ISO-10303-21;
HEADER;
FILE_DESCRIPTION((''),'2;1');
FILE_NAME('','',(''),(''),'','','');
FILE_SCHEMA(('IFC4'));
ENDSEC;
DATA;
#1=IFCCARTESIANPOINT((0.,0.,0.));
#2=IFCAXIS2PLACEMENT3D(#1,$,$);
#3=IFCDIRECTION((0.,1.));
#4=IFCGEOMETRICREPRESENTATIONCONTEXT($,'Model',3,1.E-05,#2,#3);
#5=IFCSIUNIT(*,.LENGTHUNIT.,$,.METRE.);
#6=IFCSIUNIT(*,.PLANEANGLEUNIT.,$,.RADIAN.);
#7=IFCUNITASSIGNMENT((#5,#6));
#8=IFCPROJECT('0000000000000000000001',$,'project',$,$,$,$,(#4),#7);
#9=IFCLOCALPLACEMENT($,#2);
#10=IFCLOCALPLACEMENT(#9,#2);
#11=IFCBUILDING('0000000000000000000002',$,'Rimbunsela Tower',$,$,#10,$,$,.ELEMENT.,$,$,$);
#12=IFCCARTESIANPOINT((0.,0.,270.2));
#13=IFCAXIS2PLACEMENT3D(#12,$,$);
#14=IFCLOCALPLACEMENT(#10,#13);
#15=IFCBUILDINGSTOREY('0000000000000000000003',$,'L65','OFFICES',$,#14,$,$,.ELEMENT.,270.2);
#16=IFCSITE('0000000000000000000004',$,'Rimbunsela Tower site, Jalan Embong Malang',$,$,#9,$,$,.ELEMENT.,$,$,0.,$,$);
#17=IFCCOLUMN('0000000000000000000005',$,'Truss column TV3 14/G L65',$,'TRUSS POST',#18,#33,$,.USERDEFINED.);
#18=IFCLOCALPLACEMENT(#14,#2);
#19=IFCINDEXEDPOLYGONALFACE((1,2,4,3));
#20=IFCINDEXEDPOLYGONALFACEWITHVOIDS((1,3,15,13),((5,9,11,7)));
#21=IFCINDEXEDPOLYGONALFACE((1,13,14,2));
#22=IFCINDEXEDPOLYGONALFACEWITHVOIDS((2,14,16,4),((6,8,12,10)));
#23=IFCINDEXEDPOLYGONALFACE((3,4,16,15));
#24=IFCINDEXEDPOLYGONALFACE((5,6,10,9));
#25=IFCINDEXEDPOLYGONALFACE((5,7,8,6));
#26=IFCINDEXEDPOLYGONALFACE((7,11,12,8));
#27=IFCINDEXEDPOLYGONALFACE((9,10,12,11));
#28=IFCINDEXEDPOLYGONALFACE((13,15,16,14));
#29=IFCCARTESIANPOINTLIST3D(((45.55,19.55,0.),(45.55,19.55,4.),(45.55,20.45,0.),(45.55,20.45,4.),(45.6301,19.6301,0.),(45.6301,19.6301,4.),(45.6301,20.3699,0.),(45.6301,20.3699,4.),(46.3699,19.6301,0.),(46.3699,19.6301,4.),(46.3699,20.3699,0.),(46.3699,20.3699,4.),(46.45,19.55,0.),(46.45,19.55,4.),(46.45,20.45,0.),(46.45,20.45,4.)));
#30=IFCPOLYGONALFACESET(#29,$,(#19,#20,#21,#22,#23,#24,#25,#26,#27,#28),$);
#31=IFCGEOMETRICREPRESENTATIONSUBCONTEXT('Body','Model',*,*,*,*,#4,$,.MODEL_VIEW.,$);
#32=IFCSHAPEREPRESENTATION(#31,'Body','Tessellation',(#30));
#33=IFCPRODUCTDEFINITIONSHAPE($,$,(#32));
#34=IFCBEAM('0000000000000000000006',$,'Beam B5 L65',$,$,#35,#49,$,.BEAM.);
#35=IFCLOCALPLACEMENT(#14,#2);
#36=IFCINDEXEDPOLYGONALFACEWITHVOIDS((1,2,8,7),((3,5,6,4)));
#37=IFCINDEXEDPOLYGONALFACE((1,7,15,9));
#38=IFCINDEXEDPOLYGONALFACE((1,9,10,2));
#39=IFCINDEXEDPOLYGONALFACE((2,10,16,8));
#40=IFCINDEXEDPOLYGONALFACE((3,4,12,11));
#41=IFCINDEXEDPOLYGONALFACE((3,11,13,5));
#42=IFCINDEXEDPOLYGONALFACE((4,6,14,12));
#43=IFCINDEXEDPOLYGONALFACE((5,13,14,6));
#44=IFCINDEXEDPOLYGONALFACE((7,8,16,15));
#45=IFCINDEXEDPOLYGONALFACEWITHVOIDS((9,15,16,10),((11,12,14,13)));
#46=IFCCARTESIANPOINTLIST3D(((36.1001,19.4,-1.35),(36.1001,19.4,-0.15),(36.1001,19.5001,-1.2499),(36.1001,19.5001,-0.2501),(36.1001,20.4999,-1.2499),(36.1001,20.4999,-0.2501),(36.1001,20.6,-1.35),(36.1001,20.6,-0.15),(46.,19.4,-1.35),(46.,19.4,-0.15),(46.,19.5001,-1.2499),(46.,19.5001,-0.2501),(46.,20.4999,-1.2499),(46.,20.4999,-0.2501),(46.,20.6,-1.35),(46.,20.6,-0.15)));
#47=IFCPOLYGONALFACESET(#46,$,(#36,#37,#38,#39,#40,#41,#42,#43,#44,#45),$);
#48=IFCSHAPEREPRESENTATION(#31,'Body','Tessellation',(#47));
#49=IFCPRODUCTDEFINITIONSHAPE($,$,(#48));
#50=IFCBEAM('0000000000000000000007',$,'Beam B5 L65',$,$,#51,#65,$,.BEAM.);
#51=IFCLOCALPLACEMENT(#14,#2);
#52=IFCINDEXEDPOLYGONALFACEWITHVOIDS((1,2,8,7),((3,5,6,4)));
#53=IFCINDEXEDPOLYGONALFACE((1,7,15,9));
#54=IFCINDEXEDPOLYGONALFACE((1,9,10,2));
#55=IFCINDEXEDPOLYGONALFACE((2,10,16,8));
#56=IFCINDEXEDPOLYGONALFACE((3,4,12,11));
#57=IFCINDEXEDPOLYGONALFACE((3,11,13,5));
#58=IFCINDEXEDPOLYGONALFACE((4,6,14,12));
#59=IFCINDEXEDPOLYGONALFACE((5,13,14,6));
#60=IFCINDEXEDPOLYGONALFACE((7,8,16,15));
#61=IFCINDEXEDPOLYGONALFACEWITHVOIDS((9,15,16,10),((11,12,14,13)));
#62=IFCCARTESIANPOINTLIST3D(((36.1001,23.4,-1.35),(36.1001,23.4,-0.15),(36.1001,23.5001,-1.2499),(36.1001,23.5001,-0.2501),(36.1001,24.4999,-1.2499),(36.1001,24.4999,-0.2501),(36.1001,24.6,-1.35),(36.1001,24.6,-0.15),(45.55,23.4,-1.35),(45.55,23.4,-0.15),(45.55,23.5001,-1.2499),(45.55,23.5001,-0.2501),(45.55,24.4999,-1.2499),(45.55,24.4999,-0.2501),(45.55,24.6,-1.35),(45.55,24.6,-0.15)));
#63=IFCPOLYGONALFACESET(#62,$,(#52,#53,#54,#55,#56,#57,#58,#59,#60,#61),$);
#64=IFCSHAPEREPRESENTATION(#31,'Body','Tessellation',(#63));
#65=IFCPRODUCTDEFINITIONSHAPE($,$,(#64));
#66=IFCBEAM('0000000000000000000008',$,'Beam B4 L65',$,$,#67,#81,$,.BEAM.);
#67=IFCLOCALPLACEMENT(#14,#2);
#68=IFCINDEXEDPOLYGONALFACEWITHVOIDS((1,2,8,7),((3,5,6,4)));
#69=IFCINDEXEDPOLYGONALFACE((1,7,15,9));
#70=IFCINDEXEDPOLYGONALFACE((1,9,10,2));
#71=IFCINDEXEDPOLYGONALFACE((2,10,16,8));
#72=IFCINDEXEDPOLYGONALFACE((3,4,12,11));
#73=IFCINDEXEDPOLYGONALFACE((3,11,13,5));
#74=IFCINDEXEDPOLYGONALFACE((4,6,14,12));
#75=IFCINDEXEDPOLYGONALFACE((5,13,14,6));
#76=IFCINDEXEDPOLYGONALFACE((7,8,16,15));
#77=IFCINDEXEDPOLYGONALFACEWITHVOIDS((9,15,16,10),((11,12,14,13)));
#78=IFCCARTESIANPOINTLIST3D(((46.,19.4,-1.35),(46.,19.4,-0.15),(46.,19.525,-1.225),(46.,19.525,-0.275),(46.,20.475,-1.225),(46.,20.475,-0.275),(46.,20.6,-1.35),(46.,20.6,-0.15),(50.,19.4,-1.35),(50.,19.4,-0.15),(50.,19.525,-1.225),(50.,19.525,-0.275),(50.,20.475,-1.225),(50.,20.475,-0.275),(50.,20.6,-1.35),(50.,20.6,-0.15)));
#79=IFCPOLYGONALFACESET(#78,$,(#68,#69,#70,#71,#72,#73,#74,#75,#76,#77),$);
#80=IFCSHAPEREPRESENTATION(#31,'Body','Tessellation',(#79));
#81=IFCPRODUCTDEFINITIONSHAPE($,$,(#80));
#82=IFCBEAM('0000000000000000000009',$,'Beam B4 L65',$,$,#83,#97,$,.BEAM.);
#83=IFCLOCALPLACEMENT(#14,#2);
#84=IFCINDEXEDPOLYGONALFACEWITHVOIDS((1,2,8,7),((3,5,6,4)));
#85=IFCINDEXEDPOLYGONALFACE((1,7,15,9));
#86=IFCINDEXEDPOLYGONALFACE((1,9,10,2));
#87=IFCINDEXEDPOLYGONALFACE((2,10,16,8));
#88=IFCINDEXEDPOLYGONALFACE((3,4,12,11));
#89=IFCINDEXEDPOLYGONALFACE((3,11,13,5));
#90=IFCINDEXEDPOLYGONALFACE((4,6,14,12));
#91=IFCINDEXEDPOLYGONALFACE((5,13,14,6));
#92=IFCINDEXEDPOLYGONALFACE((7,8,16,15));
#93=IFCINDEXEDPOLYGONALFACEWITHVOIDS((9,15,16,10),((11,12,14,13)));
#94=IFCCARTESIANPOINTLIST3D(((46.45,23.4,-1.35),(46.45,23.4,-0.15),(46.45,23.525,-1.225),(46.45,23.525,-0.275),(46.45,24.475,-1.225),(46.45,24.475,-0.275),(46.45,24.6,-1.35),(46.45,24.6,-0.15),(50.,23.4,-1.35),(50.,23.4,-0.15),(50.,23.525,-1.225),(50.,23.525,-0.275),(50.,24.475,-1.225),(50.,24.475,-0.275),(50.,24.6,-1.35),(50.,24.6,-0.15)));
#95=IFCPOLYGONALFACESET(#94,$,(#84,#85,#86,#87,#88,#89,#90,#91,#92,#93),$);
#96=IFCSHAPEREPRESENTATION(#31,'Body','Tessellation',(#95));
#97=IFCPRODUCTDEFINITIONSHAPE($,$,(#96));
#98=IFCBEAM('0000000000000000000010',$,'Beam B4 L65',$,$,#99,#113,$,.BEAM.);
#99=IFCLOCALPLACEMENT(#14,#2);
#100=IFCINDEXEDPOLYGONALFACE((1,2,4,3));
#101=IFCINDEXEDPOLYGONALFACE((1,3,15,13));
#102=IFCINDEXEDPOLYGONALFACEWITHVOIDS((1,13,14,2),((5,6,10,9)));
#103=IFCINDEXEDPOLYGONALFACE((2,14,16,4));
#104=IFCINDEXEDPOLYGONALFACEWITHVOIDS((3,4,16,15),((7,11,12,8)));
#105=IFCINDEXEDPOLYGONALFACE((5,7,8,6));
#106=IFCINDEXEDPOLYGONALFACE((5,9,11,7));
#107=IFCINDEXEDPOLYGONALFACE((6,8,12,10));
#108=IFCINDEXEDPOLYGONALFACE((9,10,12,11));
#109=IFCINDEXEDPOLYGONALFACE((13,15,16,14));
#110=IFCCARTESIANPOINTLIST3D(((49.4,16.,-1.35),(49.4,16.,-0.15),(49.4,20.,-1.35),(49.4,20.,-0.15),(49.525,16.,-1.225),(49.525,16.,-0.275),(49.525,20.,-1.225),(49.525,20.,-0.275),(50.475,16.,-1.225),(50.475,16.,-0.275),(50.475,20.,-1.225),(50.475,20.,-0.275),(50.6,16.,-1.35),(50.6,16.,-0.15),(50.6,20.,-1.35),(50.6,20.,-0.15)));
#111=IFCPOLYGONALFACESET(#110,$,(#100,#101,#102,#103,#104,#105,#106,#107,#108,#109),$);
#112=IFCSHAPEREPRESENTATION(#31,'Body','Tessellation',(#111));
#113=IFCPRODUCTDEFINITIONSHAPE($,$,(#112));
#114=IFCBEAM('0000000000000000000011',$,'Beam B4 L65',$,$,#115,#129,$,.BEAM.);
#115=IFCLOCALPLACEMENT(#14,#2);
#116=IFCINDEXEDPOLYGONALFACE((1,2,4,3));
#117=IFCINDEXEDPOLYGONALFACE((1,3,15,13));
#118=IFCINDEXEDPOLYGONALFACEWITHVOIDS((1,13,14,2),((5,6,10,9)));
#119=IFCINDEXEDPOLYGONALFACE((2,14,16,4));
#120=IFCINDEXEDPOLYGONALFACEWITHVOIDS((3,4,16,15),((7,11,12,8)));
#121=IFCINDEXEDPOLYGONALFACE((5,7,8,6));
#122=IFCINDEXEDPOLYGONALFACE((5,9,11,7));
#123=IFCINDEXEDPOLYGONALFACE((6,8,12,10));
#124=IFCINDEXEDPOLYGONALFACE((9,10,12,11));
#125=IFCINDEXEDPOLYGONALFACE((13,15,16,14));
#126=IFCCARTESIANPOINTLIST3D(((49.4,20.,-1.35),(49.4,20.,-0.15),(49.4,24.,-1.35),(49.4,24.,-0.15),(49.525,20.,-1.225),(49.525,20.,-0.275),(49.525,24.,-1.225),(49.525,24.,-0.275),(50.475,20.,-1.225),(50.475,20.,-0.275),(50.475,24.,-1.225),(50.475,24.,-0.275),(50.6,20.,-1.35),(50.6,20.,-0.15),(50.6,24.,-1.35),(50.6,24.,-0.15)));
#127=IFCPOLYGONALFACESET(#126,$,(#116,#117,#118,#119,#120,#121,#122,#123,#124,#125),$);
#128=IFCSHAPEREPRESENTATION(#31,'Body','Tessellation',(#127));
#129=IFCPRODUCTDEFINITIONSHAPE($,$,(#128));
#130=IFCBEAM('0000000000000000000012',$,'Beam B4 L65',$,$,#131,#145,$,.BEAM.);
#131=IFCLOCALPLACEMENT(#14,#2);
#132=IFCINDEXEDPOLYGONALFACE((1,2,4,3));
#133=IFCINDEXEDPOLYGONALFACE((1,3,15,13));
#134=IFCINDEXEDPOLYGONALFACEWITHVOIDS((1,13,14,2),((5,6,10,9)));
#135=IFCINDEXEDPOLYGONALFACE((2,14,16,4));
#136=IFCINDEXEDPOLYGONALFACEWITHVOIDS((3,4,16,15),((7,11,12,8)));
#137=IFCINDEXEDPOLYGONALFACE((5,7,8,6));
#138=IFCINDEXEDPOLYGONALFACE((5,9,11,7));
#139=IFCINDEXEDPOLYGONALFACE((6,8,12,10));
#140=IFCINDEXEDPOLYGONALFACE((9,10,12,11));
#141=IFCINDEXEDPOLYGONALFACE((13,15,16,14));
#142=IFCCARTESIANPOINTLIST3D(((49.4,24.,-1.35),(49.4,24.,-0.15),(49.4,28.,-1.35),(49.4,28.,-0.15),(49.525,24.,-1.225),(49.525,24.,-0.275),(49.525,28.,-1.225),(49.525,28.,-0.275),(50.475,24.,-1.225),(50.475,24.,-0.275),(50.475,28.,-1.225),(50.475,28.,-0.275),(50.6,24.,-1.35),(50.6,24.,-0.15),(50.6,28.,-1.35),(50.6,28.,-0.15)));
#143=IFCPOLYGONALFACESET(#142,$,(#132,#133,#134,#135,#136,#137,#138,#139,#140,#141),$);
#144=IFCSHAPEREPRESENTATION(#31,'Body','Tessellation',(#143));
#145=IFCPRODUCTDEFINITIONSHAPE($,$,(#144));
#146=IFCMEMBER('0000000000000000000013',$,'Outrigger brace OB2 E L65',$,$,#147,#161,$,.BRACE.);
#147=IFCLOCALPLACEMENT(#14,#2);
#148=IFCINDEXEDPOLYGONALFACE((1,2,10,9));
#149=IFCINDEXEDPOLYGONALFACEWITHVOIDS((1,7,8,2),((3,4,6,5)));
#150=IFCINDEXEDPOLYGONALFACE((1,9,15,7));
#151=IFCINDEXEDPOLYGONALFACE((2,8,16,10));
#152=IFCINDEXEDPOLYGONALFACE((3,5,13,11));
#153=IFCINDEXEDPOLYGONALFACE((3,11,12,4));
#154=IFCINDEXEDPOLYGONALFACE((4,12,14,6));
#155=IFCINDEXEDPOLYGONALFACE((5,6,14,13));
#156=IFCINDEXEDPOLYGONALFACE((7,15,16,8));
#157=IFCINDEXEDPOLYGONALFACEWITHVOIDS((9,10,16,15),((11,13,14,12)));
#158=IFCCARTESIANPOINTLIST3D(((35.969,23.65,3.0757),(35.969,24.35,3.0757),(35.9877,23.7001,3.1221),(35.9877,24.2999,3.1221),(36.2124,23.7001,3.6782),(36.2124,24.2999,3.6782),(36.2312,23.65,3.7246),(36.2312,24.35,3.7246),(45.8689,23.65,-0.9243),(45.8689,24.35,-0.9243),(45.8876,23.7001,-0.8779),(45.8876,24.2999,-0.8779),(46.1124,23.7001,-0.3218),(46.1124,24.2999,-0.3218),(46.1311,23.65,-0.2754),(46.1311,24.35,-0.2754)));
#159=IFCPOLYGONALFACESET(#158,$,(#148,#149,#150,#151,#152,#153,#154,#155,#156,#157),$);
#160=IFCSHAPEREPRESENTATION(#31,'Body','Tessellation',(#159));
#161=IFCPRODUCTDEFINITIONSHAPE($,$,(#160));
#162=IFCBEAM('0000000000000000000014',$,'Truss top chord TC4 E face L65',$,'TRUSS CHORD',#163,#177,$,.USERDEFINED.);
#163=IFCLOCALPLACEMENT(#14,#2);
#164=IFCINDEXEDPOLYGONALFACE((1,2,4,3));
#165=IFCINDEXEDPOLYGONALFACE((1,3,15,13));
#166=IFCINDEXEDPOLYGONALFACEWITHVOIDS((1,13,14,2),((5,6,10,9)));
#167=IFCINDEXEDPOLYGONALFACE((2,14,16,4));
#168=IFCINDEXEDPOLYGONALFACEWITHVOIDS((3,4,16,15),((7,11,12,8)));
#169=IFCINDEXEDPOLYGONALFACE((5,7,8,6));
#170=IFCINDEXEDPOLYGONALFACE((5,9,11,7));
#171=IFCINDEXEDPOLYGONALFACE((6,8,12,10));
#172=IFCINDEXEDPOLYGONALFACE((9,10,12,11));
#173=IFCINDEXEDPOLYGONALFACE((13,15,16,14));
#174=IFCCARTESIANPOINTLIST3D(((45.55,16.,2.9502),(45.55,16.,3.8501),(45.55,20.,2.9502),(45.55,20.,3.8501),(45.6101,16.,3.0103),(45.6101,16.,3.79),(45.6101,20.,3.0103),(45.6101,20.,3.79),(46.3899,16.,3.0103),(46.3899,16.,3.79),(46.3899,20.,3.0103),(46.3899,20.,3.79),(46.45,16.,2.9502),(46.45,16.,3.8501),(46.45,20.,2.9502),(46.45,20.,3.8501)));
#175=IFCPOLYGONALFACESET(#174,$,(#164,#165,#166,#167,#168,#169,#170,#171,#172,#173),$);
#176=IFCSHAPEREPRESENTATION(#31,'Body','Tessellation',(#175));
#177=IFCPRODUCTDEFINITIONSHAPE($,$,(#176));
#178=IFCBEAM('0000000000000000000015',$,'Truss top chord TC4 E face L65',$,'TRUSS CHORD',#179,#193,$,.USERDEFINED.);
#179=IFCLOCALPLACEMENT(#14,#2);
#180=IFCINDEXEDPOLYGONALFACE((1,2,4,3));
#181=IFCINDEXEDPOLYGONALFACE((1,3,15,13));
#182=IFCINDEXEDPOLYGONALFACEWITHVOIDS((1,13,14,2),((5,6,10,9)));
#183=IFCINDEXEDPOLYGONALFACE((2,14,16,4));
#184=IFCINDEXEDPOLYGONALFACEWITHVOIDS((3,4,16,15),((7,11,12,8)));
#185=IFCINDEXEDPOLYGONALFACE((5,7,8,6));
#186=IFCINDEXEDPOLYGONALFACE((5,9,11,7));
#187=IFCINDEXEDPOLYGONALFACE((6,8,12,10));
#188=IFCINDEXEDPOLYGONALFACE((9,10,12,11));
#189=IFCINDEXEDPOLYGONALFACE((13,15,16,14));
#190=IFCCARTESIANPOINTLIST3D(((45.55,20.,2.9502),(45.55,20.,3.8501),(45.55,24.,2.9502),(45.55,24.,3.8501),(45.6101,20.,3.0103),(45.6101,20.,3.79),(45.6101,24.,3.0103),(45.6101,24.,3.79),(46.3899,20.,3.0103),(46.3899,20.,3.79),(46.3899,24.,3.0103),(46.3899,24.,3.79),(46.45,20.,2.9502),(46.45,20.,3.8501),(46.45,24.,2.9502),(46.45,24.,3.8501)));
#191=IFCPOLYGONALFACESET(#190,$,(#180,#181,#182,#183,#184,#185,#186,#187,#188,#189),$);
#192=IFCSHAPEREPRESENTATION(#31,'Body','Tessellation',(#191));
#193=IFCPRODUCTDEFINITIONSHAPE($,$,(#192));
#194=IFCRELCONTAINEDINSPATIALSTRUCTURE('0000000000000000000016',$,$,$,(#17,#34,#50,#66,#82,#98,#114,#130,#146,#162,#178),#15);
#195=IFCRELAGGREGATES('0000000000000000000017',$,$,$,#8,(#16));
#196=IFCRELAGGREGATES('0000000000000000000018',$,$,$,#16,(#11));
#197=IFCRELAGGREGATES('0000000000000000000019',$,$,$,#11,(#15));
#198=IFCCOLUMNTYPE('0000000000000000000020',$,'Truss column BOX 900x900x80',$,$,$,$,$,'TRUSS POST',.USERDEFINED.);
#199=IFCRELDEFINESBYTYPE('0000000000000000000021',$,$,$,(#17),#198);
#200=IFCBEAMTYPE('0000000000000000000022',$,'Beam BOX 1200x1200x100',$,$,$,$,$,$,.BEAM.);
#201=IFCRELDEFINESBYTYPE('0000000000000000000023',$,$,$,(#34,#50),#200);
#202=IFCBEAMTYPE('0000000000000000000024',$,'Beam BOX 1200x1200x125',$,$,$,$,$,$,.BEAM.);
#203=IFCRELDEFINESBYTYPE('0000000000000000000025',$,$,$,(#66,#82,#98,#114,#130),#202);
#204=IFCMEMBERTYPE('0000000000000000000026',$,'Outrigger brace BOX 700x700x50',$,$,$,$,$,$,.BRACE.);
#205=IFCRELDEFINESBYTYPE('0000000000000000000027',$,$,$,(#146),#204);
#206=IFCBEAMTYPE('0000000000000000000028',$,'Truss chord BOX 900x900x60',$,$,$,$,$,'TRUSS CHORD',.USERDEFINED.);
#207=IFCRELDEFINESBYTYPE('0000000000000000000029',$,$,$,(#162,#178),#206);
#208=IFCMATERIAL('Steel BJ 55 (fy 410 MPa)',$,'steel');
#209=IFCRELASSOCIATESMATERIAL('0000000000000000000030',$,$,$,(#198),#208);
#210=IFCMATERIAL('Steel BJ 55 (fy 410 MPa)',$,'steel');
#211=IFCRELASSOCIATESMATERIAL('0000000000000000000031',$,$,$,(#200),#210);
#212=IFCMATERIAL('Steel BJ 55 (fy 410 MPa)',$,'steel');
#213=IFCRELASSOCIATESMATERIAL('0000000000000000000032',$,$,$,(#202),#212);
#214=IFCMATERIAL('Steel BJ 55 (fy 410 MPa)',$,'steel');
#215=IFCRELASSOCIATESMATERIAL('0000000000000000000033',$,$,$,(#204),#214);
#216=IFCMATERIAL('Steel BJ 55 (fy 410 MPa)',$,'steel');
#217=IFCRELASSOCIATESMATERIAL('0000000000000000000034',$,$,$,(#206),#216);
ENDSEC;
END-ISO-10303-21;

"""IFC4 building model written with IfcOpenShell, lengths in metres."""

from ifc_helpers import new_model, si_unit, direction, frame, origin, origin_2d, place, context, subcontext, project, spatial, hollow_rectangle, extrude, material, material_profile, profile_set, type_object, element, save


model = new_model("IFC4")

# Units and contexts
model_context = context("Model", 3, precision=1e-05, world=origin(), true_north=direction((0.0, 1.0)))
body_context = subcontext(model_context, "Body", "Model", "MODEL_VIEW")
ifc_project = project(units=[si_unit("LENGTHUNIT", "METRE"), si_unit("PLANEANGLEUNIT", "RADIAN")], contexts=[model_context])

# Site, building, storey
site_placement = place(None, origin())
site = spatial("IfcSite", under=ifc_project, at=site_placement, Name="Rimbunsela Tower site, Jalan Embong Malang", CompositionType="ELEMENT", RefElevation=0.0)
building_placement = place(site_placement, origin())
building = spatial("IfcBuilding", under=site, at=building_placement, Name="Rimbunsela Tower", CompositionType="ELEMENT")
storey_placement = place(building_placement, frame((0.0, 0.0, 270.2)))
storey = spatial("IfcBuildingStorey", under=building, at=storey_placement, Name="L65", Description="OFFICES", CompositionType="ELEMENT", Elevation=270.2)

# Column
ifc_material_1 = material(Name="Steel BJ 55 (fy 410 MPa)", Category="steel")
ifc_material_profile_1 = material_profile(ifc_material_1, hollow_rectangle(XDim=0.8999, YDim=0.8999, WallThickness=0.0801, at=origin_2d()), Name="BOX 900x900x80")
ifc_profile_set_1 = profile_set([ifc_material_profile_1], Name="Steel BJ 55 (fy 410 MPa)")
column_type = type_object("IfcColumnType", Name="Truss column BOX 900x900x80", ElementType="TRUSS POST", PredefinedType="USERDEFINED", material=ifc_profile_set_1)
column_placement = place(storey_placement, frame((46.0, 20.0, 0.0), z_axis=(0.0, 0.0, 1.0), x_axis=(1.0, 0.0, 0.0)))
element("IfcColumn", 1, at=column_placement, inside=storey, type_object=column_type, Name="Truss column TV3 14/G L65", ObjectType="TRUSS POST", PredefinedType="USERDEFINED", context=body_context, shape_type="SweptSolid", body=[
    extrude(hollow_rectangle(XDim=0.8999, YDim=0.8999, WallThickness=0.0801, at=origin_2d()), origin(), (0.0, 0.0, 1.0), 4.0),
])

# Beams
ifc_material_2 = material(Name="Steel BJ 55 (fy 410 MPa)", Category="steel")
ifc_material_profile_2 = material_profile(ifc_material_2, hollow_rectangle(XDim=1.2, YDim=1.2, WallThickness=0.1001, at=origin_2d()), Name="BOX 1200x1200x100")
ifc_profile_set_2 = profile_set([ifc_material_profile_2], Name="Steel BJ 55 (fy 410 MPa)")
beam_type_1 = type_object("IfcBeamType", Name="Beam BOX 1200x1200x100", PredefinedType="BEAM", material=ifc_profile_set_2)
beam_1_placement = place(storey_placement, frame((36.1001, 20.0, -0.75), z_axis=(1.0, 0.0, 0.0), x_axis=(0.0, 1.0, 0.0)))
element("IfcBeam", 2, at=beam_1_placement, inside=storey, type_object=beam_type_1, Name="Beam B5 L65", PredefinedType="BEAM", context=body_context, shape_type="SweptSolid", body=[
    extrude(hollow_rectangle(XDim=1.2, YDim=1.2, WallThickness=0.1001, at=origin_2d()), origin(), (0.0, 0.0, 1.0), 9.8999),
])
beam_2_placement = place(storey_placement, frame((36.1001, 24.0, -0.75), z_axis=(1.0, 0.0, 0.0), x_axis=(0.0, 1.0, 0.0)))
element("IfcBeam", 3, at=beam_2_placement, inside=storey, type_object=beam_type_1, Name="Beam B5 L65", PredefinedType="BEAM", context=body_context, shape_type="SweptSolid", body=[
    extrude(hollow_rectangle(XDim=1.2, YDim=1.2, WallThickness=0.1001, at=origin_2d()), origin(), (0.0, 0.0, 1.0), 9.45),
])
ifc_material_3 = material(Name="Steel BJ 55 (fy 410 MPa)", Category="steel")
ifc_material_profile_3 = material_profile(ifc_material_3, hollow_rectangle(XDim=1.2, YDim=1.2, WallThickness=0.125, at=origin_2d()), Name="BOX 1200x1200x125")
ifc_profile_set_3 = profile_set([ifc_material_profile_3], Name="Steel BJ 55 (fy 410 MPa)")
beam_type_2 = type_object("IfcBeamType", Name="Beam BOX 1200x1200x125", PredefinedType="BEAM", material=ifc_profile_set_3)
beam_3_placement = place(storey_placement, frame((46.0, 20.0, -0.75), z_axis=(1.0, 0.0, 0.0), x_axis=(0.0, 1.0, 0.0)))
element("IfcBeam", 4, at=beam_3_placement, inside=storey, type_object=beam_type_2, Name="Beam B4 L65", PredefinedType="BEAM", context=body_context, shape_type="SweptSolid", body=[
    extrude(hollow_rectangle(XDim=1.2, YDim=1.2, WallThickness=0.125, at=origin_2d()), origin(), (0.0, 0.0, 1.0), 4.0),
])
beam_4_placement = place(storey_placement, frame((46.45, 24.0, -0.75), z_axis=(1.0, 0.0, 0.0), x_axis=(0.0, 1.0, 0.0)))
element("IfcBeam", 5, at=beam_4_placement, inside=storey, type_object=beam_type_2, Name="Beam B4 L65", PredefinedType="BEAM", context=body_context, shape_type="SweptSolid", body=[
    extrude(hollow_rectangle(XDim=1.2, YDim=1.2, WallThickness=0.125, at=origin_2d()), origin(), (0.0, 0.0, 1.0), 3.55),
])
for number, where, z_axis, x_axis, name in (
    (6, (50.0, 16.0, -0.75), (0.0, 1.0, 0.0), (-1.0, 0.0, 0.0), "Beam B4 L65"),
    (7, (50.0, 20.0, -0.75), (0.0, 1.0, 0.0), (-1.0, 0.0, 0.0), "Beam B4 L65"),
    (8, (50.0, 24.0, -0.75), (0.0, 1.0, 0.0), (-1.0, 0.0, 0.0), "Beam B4 L65"),
):
    element("IfcBeam", number, at=place(storey_placement, frame(where, z_axis=z_axis, x_axis=x_axis)), inside=storey, type_object=beam_type_2, Name=name, PredefinedType="BEAM", context=body_context, shape_type="SweptSolid", body=[
        extrude(hollow_rectangle(XDim=1.2, YDim=1.2, WallThickness=0.125, at=origin_2d()), origin(), (0.0, 0.0, 1.0), 4.0),
    ])

# Member
ifc_material_4 = material(Name="Steel BJ 55 (fy 410 MPa)", Category="steel")
ifc_material_profile_4 = material_profile(ifc_material_4, hollow_rectangle(XDim=0.7, YDim=0.7, WallThickness=0.05, at=origin_2d()), Name="BOX 700x700x50")
ifc_profile_set_4 = profile_set([ifc_material_profile_4], Name="Steel BJ 55 (fy 410 MPa)")
member_type_1 = type_object("IfcMemberType", Name="Outrigger brace BOX 700x700x50", PredefinedType="BRACE", material=ifc_profile_set_4)
member_placement = place(storey_placement, frame((46.0, 24.0, -0.5999), z_axis=(-0.927178, 0.0, 0.374621), x_axis=(0.0, -1.0, 0.0)))
element("IfcMember", 9, at=member_placement, inside=storey, type_object=member_type_1, Name="Outrigger brace OB2 E L65", PredefinedType="BRACE", context=body_context, shape_type="SweptSolid", body=[
    extrude(hollow_rectangle(XDim=0.7, YDim=0.7, WallThickness=0.05, at=origin_2d()), origin(), (0.0, 0.0, 1.0), 10.6775),
])

# Beams
ifc_material_5 = material(Name="Steel BJ 55 (fy 410 MPa)", Category="steel")
ifc_material_profile_5 = material_profile(ifc_material_5, hollow_rectangle(XDim=0.8999, YDim=0.8999, WallThickness=0.0601, at=origin_2d()), Name="BOX 900x900x60")
ifc_profile_set_5 = profile_set([ifc_material_profile_5], Name="Steel BJ 55 (fy 410 MPa)")
beam_type_3 = type_object("IfcBeamType", Name="Truss chord BOX 900x900x60", ElementType="TRUSS CHORD", PredefinedType="USERDEFINED", material=ifc_profile_set_5)
for number, where, z_axis, x_axis, name in (
    (10, (46.0, 16.0, 3.4001), (0.0, 1.0, 0.0), (-1.0, 0.0, 0.0), "Truss top chord TC4 E face L65"),
    (11, (46.0, 20.0, 3.4001), (0.0, 1.0, 0.0), (-1.0, 0.0, 0.0), "Truss top chord TC4 E face L65"),
):
    element("IfcBeam", number, at=place(storey_placement, frame(where, z_axis=z_axis, x_axis=x_axis)), inside=storey, type_object=beam_type_3, Name=name, ObjectType="TRUSS CHORD", PredefinedType="USERDEFINED", context=body_context, shape_type="SweptSolid", body=[
        extrude(hollow_rectangle(XDim=0.8999, YDim=0.8999, WallThickness=0.0601, at=origin_2d()), origin(), (0.0, 0.0, 1.0), 4.0),
    ])

save(model, "model.ifc")
